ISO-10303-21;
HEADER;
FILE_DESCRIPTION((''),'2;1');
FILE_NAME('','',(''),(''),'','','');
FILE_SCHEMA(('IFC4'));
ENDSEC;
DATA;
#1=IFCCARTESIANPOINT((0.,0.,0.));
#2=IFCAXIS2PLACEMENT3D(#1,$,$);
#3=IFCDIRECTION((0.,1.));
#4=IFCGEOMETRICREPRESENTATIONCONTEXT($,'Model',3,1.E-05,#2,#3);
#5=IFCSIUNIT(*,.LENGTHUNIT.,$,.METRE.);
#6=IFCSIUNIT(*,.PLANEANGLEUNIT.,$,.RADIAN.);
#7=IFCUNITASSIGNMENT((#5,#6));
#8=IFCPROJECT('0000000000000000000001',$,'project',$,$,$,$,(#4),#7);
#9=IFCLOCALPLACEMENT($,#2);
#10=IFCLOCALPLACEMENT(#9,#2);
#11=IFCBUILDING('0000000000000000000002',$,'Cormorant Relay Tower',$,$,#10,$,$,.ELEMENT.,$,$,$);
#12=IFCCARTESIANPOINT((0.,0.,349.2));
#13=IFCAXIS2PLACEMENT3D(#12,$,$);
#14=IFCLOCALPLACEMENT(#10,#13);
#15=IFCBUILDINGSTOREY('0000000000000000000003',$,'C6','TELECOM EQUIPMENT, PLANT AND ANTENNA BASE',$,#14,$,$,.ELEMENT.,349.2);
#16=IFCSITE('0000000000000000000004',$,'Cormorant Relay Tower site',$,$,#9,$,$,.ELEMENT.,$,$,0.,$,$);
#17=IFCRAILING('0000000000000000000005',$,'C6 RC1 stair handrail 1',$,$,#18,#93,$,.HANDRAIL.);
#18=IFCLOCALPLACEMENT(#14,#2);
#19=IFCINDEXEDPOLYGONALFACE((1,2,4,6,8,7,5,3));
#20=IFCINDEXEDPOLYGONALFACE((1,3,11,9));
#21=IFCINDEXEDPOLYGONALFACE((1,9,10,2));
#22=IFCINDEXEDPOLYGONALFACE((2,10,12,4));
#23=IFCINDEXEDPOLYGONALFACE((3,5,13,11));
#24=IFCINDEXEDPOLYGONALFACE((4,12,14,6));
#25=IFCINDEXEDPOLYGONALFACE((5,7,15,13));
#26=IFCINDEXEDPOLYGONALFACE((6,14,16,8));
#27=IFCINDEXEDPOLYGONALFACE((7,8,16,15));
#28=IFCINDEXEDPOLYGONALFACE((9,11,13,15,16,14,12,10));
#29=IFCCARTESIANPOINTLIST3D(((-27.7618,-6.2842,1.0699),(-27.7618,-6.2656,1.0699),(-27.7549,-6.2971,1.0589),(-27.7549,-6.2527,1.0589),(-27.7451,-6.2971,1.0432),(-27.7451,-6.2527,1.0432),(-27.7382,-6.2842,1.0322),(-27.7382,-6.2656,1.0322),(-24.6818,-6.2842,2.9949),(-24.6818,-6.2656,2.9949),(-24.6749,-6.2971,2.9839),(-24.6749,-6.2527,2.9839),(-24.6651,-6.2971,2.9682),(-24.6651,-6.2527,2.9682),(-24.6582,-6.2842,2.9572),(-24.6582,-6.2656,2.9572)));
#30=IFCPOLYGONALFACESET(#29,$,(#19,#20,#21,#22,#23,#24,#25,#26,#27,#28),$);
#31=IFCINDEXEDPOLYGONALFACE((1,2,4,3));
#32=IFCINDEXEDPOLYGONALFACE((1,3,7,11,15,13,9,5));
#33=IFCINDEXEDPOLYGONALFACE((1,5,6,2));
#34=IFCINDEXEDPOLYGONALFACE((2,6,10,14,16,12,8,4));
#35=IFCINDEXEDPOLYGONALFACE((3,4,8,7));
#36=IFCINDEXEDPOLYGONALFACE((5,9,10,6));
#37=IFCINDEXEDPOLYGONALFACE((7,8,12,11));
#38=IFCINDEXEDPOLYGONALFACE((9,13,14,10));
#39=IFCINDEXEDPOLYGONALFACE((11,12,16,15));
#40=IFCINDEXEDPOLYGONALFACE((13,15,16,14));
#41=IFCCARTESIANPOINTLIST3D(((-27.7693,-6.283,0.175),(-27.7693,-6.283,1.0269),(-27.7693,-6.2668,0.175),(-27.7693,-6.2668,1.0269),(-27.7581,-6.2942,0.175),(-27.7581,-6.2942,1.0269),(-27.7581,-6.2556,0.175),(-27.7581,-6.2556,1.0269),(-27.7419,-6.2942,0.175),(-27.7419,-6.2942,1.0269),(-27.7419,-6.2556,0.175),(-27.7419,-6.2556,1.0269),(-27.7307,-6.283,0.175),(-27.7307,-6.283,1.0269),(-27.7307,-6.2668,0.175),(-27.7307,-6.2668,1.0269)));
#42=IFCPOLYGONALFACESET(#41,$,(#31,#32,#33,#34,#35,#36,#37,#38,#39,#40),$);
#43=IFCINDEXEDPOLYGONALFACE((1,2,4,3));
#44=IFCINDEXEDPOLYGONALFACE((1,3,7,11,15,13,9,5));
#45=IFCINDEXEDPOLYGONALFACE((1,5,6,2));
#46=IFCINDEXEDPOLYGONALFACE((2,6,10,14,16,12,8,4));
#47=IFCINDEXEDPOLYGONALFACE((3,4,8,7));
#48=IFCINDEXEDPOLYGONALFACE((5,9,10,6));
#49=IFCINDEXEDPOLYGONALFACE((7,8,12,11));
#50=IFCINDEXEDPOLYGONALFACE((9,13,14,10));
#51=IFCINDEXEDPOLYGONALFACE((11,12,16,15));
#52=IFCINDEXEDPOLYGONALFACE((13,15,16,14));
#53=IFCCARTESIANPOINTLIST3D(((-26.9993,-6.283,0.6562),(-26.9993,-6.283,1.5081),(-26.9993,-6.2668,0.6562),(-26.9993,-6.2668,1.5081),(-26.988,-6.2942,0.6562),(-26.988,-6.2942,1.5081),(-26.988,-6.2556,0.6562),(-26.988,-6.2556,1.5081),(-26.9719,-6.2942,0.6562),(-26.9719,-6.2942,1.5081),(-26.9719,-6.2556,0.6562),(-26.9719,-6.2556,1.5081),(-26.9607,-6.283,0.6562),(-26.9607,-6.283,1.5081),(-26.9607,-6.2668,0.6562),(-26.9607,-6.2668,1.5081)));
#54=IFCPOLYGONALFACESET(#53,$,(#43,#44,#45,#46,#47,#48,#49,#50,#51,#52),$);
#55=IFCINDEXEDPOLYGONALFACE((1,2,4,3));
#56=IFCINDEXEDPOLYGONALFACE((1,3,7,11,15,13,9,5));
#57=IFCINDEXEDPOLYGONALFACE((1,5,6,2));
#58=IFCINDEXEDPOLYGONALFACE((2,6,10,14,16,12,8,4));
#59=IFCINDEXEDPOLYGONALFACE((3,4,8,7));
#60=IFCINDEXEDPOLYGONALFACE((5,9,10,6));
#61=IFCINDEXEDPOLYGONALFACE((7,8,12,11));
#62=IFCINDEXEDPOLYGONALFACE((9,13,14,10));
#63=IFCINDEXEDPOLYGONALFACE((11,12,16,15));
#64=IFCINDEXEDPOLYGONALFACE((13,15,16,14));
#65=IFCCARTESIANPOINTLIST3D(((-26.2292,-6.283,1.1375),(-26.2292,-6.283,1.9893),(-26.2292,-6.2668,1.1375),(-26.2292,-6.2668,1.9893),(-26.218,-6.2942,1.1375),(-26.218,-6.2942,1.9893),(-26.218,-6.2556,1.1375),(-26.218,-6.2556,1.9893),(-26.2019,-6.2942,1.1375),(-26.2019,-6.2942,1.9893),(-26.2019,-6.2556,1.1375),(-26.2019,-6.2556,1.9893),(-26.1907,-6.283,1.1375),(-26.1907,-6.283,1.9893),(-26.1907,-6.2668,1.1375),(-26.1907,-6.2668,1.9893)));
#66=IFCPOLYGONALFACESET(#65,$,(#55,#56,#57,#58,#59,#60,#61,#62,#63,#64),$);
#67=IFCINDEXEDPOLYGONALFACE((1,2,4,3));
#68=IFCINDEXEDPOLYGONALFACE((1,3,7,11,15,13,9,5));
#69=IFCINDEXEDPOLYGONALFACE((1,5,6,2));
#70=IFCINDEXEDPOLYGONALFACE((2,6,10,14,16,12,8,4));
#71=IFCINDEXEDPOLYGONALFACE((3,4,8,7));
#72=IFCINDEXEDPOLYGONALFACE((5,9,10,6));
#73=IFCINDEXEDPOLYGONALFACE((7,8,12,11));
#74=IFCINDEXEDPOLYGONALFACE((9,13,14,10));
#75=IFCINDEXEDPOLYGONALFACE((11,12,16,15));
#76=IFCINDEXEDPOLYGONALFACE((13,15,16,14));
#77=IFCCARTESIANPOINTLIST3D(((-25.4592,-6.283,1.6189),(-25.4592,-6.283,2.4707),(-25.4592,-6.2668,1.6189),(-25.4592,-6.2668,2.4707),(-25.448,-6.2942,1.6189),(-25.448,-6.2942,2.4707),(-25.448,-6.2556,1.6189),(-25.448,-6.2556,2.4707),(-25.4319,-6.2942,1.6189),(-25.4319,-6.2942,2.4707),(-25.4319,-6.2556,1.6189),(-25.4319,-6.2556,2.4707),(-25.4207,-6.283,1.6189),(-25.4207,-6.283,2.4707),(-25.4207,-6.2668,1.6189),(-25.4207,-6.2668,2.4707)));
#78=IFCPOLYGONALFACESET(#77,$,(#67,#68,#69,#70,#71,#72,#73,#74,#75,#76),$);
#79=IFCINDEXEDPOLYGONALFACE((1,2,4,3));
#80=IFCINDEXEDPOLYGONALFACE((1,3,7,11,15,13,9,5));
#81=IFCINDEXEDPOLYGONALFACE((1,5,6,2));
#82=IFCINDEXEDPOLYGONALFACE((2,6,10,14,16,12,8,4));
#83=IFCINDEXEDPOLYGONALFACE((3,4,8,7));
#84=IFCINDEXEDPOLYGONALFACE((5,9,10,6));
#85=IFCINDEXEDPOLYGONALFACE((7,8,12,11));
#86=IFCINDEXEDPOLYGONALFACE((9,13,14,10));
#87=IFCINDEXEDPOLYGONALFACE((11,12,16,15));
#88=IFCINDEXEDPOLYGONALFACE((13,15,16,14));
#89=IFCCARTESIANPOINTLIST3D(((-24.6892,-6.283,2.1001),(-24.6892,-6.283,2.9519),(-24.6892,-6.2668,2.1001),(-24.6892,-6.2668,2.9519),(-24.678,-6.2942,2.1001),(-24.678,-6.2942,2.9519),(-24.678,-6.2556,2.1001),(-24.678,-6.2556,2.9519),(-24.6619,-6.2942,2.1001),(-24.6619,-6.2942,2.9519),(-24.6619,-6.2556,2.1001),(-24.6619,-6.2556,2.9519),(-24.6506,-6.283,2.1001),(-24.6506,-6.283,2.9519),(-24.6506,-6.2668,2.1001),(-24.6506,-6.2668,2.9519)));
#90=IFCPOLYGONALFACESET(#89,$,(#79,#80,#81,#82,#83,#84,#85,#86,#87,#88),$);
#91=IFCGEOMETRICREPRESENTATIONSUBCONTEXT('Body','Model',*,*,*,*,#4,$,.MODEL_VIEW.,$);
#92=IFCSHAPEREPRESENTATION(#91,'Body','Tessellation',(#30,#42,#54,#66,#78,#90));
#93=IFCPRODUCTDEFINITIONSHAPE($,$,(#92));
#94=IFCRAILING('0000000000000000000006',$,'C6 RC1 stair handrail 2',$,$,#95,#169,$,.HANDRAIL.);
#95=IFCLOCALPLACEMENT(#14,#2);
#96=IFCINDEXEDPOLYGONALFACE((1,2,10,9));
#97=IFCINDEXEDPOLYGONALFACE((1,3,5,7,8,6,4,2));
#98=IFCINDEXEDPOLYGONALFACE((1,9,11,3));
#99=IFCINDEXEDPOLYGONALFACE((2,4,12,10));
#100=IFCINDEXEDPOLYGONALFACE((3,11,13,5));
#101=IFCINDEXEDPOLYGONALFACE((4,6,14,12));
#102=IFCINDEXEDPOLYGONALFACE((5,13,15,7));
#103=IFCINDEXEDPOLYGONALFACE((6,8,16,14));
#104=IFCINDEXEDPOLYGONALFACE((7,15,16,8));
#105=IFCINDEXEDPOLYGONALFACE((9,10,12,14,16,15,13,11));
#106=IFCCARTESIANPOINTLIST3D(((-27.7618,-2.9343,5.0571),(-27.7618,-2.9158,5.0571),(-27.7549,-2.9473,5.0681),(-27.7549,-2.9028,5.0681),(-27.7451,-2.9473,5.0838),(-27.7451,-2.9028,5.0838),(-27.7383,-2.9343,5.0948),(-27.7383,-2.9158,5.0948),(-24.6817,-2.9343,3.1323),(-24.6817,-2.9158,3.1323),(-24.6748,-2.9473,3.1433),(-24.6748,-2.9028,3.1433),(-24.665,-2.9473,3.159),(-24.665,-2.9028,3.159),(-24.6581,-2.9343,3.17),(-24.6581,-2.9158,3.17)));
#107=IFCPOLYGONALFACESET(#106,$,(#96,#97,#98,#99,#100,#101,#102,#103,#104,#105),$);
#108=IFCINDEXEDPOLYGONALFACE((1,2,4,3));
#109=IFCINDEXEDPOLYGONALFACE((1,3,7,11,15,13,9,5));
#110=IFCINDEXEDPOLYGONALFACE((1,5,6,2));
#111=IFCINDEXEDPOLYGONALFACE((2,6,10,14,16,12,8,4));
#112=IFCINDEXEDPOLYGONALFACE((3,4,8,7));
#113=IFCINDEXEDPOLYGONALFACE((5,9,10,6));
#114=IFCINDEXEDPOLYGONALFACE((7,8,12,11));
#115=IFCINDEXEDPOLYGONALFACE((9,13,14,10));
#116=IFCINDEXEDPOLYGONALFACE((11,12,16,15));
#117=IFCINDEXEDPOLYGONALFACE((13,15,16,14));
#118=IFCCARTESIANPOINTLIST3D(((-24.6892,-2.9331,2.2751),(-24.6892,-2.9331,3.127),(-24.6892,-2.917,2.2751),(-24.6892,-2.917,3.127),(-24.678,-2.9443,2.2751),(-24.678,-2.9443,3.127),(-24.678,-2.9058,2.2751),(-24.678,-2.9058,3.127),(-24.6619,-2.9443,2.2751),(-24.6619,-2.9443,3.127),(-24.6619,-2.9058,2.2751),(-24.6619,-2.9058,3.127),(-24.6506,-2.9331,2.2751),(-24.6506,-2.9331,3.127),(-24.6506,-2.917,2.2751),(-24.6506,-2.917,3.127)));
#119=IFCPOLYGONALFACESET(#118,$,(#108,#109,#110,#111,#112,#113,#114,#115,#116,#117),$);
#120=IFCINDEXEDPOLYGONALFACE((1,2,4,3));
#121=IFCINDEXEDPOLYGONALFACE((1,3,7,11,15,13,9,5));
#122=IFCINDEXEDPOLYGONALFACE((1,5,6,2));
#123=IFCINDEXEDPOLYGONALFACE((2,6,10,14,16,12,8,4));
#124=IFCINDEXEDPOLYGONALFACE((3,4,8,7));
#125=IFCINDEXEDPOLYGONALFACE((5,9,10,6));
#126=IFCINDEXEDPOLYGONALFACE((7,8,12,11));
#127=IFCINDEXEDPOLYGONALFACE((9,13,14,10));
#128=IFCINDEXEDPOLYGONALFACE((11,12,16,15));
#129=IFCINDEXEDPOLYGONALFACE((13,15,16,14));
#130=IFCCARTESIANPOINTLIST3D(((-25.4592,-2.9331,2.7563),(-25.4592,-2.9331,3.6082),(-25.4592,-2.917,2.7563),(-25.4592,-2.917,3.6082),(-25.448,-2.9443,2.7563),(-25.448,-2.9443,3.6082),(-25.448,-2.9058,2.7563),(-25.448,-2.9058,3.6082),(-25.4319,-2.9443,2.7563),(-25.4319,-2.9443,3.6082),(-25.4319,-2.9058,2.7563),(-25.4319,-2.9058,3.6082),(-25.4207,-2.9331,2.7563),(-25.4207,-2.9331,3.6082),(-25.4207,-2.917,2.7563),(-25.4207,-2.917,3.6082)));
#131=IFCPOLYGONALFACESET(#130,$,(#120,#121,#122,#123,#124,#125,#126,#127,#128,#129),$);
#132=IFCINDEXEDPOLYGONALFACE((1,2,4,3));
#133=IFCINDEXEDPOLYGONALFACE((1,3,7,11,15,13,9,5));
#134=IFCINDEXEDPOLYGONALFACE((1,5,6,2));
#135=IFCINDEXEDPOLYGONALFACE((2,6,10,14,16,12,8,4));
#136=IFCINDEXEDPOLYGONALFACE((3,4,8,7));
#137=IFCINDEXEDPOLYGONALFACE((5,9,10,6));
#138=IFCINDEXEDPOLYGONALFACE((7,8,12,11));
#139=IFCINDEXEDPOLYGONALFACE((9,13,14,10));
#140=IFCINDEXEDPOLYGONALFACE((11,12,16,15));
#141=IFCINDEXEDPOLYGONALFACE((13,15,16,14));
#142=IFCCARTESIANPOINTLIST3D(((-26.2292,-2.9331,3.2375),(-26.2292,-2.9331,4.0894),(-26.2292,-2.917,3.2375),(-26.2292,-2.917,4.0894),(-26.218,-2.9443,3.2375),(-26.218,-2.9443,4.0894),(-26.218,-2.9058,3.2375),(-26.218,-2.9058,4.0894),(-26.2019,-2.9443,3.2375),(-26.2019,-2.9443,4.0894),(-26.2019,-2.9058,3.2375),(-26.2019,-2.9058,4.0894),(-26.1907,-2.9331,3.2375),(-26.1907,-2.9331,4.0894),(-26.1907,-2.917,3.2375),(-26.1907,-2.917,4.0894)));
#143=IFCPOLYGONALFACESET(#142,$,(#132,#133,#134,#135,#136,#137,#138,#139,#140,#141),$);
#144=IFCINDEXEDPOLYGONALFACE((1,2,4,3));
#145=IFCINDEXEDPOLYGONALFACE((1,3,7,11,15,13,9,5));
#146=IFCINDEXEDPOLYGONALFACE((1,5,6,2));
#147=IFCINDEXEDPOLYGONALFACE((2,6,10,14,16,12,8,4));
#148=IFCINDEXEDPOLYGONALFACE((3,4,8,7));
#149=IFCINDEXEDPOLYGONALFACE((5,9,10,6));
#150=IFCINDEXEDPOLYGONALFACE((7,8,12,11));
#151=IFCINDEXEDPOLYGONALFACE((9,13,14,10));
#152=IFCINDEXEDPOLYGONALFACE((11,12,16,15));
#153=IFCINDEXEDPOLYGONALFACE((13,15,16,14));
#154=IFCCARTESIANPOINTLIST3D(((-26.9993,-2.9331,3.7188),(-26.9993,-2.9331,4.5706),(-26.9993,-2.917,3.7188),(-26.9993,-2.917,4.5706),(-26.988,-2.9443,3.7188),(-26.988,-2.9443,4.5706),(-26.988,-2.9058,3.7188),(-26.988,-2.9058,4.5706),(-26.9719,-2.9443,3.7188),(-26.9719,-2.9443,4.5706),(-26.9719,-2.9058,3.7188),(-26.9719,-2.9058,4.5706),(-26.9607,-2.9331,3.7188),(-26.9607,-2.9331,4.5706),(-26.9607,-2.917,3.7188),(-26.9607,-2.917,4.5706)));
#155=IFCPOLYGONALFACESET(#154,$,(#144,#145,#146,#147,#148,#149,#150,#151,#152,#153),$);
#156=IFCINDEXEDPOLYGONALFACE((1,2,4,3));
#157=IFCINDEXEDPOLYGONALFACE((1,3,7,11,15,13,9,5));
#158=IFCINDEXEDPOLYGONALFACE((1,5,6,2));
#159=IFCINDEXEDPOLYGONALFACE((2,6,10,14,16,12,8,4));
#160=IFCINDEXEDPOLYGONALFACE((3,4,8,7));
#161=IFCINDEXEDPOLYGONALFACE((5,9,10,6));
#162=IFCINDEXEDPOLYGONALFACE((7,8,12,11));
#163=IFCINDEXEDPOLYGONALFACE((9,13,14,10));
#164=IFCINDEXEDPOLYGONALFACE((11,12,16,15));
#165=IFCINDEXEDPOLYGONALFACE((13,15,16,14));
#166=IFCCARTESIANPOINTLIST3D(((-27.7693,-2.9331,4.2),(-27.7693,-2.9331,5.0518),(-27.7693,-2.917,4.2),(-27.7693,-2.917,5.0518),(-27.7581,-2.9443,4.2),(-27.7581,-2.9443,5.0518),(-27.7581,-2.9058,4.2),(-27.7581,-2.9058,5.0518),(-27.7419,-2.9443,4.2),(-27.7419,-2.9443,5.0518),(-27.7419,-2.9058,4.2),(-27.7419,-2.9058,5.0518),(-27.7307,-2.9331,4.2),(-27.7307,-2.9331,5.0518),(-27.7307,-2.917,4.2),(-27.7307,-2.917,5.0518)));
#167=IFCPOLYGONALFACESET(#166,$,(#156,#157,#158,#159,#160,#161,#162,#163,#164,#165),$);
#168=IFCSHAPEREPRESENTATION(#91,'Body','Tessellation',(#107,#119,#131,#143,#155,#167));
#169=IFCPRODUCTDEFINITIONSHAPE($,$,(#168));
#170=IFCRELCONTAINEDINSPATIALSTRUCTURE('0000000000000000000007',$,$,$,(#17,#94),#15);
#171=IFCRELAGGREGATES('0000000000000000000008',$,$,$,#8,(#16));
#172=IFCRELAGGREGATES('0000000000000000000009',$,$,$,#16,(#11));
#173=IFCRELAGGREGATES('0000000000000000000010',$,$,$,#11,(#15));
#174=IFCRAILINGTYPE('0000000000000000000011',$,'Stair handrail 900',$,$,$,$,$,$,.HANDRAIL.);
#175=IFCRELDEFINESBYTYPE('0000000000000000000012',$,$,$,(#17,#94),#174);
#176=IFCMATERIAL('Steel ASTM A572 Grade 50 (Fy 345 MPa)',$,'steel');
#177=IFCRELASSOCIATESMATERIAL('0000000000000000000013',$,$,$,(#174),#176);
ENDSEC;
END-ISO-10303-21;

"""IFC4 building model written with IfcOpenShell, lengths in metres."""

from ifc_helpers import new_model, si_unit, direction, frame, origin, place, context, subcontext, project, spatial, polyline, outline, extrude, material, type_object, element, save


model = new_model("IFC4")

# Units and contexts
model_context = context("Model", 3, precision=1e-05, world=origin(), true_north=direction((0.0, 1.0)))
body_context = subcontext(model_context, "Body", "Model", "MODEL_VIEW")
ifc_project = project(units=[si_unit("LENGTHUNIT", "METRE"), si_unit("PLANEANGLEUNIT", "RADIAN")], contexts=[model_context])

# Site, building, storey
site_placement = place(None, origin())
site = spatial("IfcSite", under=ifc_project, at=site_placement, Name="Cormorant Relay Tower site", CompositionType="ELEMENT", RefElevation=0.0)
building_placement = place(site_placement, origin())
building = spatial("IfcBuilding", under=site, at=building_placement, Name="Cormorant Relay Tower", CompositionType="ELEMENT")
storey_placement = place(building_placement, frame((0.0, 0.0, 349.2)))
storey = spatial("IfcBuildingStorey", under=building, at=storey_placement, Name="C6", Description="TELECOM EQUIPMENT, PLANT AND ANTENNA BASE", CompositionType="ELEMENT", Elevation=349.2)

# Railings
ifc_material_1 = material(Name="Steel ASTM A572 Grade 50 (Fy 345 MPa)", Category="steel")
railing_type_1 = type_object("IfcRailingType", Name="Stair handrail 900", PredefinedType="HANDRAIL", material=ifc_material_1)
railing_1_placement = place(storey_placement, frame((-27.75, -6.2749, 0.175)))
element("IfcRailing", 1, at=railing_1_placement, inside=storey, type_object=railing_type_1, Name="C6 RC1 stair handrail 1", PredefinedType="HANDRAIL", context=body_context, shape_type="SweptSolid", body=[
    extrude(outline(polyline([(0.0222, 0.0093), (0.0093, 0.0222), (-0.0093, 0.0222), (-0.0222, 0.0093), (-0.0222, -0.0093), (-0.0093, -0.0222), (0.0093, -0.0222), (0.0222, -0.0093), (0.0222, 0.0093)])), frame((0.0, 0.0, 0.876), z_axis=(0.847998, 0.0, 0.529999), x_axis=(0.0, 1.0, 0.0)), (0.0, 0.0, 1.0), 3.6321),
    extrude(outline(polyline([(0.0193, 0.0081), (0.0081, 0.0193), (-0.0081, 0.0193), (-0.0193, 0.0081), (-0.0193, -0.0081), (-0.0081, -0.0193), (0.0081, -0.0193), (0.0193, -0.0081), (0.0193, 0.0081)])), origin(), (0.0, 0.0, 1.0), 0.8518),
    extrude(outline(polyline([(0.0193, 0.0081), (0.0081, 0.0193), (-0.0081, 0.0193), (-0.0193, 0.0081), (-0.0193, -0.0081), (-0.0081, -0.0193), (0.0081, -0.0193), (0.0193, -0.0081), (0.0193, 0.0081)])), frame((0.77, 0.0, 0.4812)), (0.0, 0.0, 1.0), 0.8518),
    extrude(outline(polyline([(0.0193, 0.0081), (0.0081, 0.0193), (-0.0081, 0.0193), (-0.0193, 0.0081), (-0.0193, -0.0081), (-0.0081, -0.0193), (0.0081, -0.0193), (0.0193, -0.0081), (0.0193, 0.0081)])), frame((1.54, 0.0, 0.9624)), (0.0, 0.0, 1.0), 0.8518),
    extrude(outline(polyline([(0.0193, 0.0081), (0.0081, 0.0193), (-0.0081, 0.0193), (-0.0193, 0.0081), (-0.0193, -0.0081), (-0.0081, -0.0193), (0.0081, -0.0193), (0.0193, -0.0081), (0.0193, 0.0081)])), frame((2.3101, 0.0, 1.4438)), (0.0, 0.0, 1.0), 0.8518),
    extrude(outline(polyline([(0.0193, 0.0081), (0.0081, 0.0193), (-0.0081, 0.0193), (-0.0193, 0.0081), (-0.0193, -0.0081), (-0.0081, -0.0193), (0.0081, -0.0193), (0.0193, -0.0081), (0.0193, 0.0081)])), frame((3.0801, 0.0, 1.925)), (0.0, 0.0, 1.0), 0.8518),
])
railing_2_placement = place(storey_placement, frame((-24.6699, -2.925, 2.2751)))
element("IfcRailing", 2, at=railing_2_placement, inside=storey, type_object=railing_type_1, Name="C6 RC1 stair handrail 2", PredefinedType="HANDRAIL", context=body_context, shape_type="SweptSolid", body=[
    extrude(outline(polyline([(0.0222, 0.0093), (0.0093, 0.0222), (-0.0093, 0.0222), (-0.0222, 0.0093), (-0.0222, -0.0093), (-0.0093, -0.0222), (0.0093, -0.0222), (0.0222, -0.0093), (0.0222, 0.0093)])), frame((0.0, 0.0, 0.876), z_axis=(-0.848029, 0.0, 0.529951), x_axis=(0.0, -1.0, 0.0)), (0.0, 0.0, 1.0), 3.6321),
    extrude(outline(polyline([(0.0193, 0.0081), (0.0081, 0.0193), (-0.0081, 0.0193), (-0.0193, 0.0081), (-0.0193, -0.0081), (-0.0081, -0.0193), (0.0081, -0.0193), (0.0193, -0.0081), (0.0193, 0.0081)])), origin(), (0.0, 0.0, 1.0), 0.8518),
    extrude(outline(polyline([(0.0193, 0.0081), (0.0081, 0.0193), (-0.0081, 0.0193), (-0.0193, 0.0081), (-0.0193, -0.0081), (-0.0081, -0.0193), (0.0081, -0.0193), (0.0193, -0.0081), (0.0193, 0.0081)])), frame((-0.77, 0.0, 0.4812)), (0.0, 0.0, 1.0), 0.8518),
    extrude(outline(polyline([(0.0193, 0.0081), (0.0081, 0.0193), (-0.0081, 0.0193), (-0.0193, 0.0081), (-0.0193, -0.0081), (-0.0081, -0.0193), (0.0081, -0.0193), (0.0193, -0.0081), (0.0193, 0.0081)])), frame((-1.54, 0.0, 0.9624)), (0.0, 0.0, 1.0), 0.8518),
    extrude(outline(polyline([(0.0193, 0.0081), (0.0081, 0.0193), (-0.0081, 0.0193), (-0.0193, 0.0081), (-0.0193, -0.0081), (-0.0081, -0.0193), (0.0081, -0.0193), (0.0193, -0.0081), (0.0193, 0.0081)])), frame((-2.3101, 0.0, 1.4436)), (0.0, 0.0, 1.0), 0.8518),
    extrude(outline(polyline([(0.0193, 0.0081), (0.0081, 0.0193), (-0.0081, 0.0193), (-0.0193, 0.0081), (-0.0193, -0.0081), (-0.0081, -0.0193), (0.0081, -0.0193), (0.0193, -0.0081), (0.0193, 0.0081)])), frame((-3.0801, 0.0, 1.9248)), (0.0, 0.0, 1.0), 0.8518),
])

save(model, "model.ifc")
